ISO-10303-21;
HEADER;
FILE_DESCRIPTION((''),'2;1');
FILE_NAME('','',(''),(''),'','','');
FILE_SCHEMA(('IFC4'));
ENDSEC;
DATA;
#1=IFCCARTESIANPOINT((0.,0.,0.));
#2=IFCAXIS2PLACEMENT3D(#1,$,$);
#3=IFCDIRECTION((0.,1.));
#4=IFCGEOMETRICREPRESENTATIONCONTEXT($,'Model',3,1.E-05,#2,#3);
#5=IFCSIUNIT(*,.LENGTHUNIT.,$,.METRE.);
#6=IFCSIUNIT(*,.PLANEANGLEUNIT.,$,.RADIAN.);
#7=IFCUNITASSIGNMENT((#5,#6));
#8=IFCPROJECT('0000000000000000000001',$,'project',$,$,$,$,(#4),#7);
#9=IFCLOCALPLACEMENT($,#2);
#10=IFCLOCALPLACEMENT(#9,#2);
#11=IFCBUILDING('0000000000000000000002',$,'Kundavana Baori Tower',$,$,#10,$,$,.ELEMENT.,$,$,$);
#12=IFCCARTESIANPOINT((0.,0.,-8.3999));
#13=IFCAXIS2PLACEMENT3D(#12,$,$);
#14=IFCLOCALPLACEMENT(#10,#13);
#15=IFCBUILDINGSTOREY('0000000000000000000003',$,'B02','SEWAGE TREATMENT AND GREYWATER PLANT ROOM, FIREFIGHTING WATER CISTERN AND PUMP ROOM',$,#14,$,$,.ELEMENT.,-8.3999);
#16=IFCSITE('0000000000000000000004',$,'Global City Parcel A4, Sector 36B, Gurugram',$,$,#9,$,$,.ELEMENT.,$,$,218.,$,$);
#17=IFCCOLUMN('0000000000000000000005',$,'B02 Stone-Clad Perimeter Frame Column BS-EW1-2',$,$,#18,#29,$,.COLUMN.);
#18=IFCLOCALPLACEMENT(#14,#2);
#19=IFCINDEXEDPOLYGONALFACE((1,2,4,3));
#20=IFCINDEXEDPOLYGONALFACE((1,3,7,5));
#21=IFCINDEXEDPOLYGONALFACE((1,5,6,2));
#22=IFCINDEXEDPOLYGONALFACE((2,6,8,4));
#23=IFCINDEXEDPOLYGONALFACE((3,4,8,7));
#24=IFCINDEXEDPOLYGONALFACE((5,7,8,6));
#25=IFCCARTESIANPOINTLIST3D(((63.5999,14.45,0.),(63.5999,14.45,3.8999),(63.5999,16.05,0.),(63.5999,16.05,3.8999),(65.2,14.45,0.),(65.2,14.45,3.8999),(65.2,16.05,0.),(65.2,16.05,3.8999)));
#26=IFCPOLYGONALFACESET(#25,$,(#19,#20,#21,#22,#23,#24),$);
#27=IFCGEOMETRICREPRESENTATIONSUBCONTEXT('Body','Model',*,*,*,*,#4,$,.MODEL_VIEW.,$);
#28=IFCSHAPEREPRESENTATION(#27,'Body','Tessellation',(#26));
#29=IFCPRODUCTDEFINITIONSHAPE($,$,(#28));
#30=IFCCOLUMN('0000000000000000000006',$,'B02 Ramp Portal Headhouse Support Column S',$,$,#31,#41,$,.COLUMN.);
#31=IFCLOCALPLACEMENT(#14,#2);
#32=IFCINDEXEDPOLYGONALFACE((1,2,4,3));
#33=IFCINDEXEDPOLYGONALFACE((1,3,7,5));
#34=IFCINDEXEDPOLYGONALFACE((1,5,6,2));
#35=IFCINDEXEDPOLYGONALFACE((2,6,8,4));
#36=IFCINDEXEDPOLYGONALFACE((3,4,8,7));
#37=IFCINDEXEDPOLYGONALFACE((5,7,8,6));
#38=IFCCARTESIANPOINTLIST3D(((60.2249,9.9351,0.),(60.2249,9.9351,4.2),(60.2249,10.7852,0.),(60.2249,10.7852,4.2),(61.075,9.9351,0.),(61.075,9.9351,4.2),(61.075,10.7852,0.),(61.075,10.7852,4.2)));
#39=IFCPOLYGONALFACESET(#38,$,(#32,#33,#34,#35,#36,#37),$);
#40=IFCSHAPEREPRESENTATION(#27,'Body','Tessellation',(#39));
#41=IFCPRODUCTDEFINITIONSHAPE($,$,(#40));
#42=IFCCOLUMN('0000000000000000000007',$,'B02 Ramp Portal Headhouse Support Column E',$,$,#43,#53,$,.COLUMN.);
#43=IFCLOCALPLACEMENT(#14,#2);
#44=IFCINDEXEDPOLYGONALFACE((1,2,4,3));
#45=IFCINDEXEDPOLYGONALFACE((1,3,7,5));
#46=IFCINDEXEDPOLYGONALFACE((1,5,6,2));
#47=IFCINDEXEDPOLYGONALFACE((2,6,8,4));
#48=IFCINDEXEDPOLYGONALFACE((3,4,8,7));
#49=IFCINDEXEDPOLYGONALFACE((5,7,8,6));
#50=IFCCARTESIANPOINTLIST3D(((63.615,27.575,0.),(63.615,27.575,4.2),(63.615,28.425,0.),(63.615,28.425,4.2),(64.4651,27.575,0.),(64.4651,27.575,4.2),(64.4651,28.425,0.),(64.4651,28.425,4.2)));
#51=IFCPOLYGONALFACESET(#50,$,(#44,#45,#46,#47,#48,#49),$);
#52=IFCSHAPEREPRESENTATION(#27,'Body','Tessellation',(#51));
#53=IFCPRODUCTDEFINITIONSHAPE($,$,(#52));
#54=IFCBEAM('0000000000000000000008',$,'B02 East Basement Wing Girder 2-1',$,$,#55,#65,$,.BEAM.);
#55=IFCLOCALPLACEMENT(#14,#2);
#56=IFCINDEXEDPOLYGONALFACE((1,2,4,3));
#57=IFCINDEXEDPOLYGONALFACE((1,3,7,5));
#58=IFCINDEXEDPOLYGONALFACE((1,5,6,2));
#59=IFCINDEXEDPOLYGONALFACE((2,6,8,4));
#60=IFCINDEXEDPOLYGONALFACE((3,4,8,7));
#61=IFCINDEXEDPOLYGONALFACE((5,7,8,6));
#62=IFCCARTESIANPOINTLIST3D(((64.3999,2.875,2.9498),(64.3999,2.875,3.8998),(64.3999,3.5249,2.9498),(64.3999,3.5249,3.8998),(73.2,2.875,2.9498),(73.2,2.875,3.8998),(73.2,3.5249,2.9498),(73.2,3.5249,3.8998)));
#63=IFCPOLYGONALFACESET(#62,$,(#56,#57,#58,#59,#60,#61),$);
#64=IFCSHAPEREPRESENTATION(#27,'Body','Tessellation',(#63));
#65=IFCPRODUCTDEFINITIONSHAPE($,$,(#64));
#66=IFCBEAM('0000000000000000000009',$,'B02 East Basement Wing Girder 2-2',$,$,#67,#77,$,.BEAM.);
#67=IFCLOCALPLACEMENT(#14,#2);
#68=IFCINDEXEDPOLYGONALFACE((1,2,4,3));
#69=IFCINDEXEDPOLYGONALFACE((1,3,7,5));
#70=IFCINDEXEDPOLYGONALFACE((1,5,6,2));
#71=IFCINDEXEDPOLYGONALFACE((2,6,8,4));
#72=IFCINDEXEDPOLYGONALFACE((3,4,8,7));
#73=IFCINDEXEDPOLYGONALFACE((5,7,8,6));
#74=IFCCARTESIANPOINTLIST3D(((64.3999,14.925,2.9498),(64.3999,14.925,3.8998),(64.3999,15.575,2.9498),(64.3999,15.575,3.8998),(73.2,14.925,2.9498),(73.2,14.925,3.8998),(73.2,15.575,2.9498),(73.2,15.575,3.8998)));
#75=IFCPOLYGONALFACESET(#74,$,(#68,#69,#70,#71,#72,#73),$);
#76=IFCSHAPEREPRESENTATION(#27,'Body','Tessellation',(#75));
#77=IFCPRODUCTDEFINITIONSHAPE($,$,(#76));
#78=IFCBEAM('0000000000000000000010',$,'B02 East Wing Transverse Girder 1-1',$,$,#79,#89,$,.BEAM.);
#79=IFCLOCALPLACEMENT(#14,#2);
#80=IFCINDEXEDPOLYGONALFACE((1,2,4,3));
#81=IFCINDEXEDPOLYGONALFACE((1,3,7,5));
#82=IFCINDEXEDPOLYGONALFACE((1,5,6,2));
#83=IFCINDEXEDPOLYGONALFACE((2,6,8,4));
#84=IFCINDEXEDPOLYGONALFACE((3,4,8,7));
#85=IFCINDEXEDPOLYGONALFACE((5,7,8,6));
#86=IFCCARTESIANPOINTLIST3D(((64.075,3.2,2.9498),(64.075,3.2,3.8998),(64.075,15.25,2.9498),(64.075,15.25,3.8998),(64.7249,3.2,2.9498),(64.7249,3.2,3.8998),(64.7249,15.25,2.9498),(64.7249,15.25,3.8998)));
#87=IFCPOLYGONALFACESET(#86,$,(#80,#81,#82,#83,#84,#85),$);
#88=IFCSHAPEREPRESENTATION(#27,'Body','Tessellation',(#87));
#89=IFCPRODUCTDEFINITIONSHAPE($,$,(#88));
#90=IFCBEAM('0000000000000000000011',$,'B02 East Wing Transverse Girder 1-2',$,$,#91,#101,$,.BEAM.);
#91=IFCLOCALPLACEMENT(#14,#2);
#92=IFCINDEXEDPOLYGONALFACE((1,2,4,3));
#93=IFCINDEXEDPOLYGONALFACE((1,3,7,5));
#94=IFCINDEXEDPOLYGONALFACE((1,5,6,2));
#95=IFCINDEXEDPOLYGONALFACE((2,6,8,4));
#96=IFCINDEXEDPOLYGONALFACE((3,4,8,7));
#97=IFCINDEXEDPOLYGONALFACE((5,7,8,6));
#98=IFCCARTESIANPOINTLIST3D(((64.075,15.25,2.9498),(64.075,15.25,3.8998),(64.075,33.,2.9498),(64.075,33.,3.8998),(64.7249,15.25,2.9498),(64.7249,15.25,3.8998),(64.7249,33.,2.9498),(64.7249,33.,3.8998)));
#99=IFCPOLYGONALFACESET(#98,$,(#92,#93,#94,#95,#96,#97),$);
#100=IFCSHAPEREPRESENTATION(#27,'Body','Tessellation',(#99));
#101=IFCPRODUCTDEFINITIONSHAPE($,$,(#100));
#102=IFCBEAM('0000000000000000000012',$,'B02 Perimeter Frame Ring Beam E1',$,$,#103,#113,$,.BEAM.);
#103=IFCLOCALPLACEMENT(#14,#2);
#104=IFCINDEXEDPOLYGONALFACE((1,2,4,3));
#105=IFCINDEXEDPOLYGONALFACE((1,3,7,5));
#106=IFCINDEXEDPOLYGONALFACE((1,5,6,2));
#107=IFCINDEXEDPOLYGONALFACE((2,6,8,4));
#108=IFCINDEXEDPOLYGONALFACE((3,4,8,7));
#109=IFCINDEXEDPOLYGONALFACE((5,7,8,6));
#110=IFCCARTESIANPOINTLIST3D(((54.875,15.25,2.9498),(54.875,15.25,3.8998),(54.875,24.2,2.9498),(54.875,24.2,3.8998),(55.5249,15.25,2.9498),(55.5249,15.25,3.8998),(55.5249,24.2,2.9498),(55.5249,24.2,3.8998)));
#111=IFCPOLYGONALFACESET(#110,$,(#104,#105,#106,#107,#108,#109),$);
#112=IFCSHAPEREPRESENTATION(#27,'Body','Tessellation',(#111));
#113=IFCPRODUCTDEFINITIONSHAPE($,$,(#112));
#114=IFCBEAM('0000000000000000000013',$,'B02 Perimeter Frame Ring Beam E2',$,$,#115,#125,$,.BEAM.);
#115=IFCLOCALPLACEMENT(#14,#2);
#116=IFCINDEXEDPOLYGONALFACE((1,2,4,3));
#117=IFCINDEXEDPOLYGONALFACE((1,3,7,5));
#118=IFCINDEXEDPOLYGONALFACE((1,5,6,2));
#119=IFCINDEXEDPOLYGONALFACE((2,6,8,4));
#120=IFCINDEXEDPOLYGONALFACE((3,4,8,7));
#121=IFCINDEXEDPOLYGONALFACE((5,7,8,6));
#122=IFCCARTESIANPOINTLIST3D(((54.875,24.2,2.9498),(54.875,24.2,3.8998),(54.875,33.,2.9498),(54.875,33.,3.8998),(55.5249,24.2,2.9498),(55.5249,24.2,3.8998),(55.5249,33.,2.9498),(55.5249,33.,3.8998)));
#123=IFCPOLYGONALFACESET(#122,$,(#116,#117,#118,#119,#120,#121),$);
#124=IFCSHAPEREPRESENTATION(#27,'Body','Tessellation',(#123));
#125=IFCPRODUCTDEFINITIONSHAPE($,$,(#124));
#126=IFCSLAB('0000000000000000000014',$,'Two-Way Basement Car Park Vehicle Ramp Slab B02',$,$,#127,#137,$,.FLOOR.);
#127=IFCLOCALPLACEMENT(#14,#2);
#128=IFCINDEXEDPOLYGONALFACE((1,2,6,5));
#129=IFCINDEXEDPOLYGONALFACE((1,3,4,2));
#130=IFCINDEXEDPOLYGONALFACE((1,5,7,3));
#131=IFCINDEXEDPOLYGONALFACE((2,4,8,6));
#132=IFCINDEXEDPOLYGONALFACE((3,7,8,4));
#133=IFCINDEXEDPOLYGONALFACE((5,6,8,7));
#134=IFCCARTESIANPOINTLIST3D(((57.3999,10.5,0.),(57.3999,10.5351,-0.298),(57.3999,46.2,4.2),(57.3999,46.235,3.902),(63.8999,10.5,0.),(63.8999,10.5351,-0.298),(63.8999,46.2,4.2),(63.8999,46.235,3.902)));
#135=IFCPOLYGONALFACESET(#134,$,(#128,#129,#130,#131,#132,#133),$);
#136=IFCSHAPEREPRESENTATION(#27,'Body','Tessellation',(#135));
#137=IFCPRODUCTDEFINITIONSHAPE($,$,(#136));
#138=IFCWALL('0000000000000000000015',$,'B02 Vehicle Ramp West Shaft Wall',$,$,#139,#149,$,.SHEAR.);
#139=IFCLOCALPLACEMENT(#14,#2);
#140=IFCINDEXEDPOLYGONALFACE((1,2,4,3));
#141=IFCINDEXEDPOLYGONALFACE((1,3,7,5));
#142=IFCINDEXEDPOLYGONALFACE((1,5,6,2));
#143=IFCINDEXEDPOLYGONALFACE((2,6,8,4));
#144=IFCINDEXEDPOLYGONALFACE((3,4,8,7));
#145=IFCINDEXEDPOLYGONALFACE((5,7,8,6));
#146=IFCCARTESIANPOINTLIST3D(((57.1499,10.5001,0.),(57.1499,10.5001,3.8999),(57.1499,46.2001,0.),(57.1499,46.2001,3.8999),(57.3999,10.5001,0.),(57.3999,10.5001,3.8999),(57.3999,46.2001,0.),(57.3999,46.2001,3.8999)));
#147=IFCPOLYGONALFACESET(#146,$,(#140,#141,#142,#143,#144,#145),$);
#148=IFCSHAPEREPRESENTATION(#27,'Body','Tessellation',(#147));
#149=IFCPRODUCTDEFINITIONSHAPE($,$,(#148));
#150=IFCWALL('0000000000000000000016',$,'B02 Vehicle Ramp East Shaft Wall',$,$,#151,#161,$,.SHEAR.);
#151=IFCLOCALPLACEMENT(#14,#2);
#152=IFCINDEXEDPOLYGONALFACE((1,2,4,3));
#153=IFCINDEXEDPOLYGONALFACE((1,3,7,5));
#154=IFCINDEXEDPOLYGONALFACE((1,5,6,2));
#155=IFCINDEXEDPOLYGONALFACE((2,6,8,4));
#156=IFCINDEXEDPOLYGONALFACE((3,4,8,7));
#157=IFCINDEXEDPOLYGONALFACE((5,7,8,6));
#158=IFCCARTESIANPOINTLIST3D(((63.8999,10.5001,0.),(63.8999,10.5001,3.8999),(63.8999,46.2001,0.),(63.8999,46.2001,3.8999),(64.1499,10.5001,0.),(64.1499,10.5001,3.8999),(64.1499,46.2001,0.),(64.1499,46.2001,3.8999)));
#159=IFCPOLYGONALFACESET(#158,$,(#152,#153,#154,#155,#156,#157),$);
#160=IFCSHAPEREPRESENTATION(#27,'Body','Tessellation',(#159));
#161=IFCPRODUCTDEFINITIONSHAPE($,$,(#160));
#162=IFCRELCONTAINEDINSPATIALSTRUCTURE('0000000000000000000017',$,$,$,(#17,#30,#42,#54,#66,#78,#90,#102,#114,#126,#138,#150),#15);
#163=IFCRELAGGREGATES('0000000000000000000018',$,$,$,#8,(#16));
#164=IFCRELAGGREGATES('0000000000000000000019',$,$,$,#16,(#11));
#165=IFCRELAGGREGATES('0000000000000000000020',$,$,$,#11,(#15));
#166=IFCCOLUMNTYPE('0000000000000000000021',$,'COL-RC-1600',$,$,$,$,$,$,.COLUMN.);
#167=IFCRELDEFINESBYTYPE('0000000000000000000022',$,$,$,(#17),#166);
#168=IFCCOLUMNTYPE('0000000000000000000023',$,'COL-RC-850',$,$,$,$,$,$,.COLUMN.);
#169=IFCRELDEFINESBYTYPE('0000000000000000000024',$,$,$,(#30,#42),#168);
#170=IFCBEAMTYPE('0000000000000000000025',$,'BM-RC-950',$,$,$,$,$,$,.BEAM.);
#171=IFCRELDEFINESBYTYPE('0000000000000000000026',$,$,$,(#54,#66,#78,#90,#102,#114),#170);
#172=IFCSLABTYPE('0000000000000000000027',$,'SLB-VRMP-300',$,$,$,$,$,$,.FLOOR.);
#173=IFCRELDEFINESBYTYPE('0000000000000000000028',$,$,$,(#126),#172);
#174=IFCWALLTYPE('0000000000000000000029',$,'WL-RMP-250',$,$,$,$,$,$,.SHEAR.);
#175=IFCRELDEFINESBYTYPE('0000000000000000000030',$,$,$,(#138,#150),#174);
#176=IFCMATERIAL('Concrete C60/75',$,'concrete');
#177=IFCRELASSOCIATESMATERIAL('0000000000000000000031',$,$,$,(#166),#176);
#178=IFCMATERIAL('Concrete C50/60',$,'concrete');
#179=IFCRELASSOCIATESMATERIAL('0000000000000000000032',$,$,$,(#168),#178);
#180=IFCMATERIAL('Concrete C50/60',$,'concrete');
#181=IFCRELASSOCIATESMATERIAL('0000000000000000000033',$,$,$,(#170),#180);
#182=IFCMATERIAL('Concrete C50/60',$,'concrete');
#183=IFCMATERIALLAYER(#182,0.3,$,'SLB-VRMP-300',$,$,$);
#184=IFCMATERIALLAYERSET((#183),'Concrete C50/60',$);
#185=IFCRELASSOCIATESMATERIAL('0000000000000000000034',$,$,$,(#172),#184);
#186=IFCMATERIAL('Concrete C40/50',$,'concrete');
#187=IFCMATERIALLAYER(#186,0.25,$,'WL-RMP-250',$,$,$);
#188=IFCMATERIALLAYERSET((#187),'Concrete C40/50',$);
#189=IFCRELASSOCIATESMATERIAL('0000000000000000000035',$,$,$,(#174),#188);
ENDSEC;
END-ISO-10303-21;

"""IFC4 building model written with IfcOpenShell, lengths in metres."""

from ifc_helpers import new_model, si_unit, direction, frame, frame_2d, origin, origin_2d, place, context, subcontext, project, spatial, polyline, rectangle, outline, extrude, material, layer, layer_set, material_profile, profile_set, type_object, element, save


model = new_model("IFC4")

# Units and contexts
model_context = context("Model", 3, precision=1e-05, world=origin(), true_north=direction((0.0, 1.0)))
body_context = subcontext(model_context, "Body", "Model", "MODEL_VIEW")
ifc_project = project(units=[si_unit("LENGTHUNIT", "METRE"), si_unit("PLANEANGLEUNIT", "RADIAN")], contexts=[model_context])

# Site, building, storey
site_placement = place(None, origin())
site = spatial("IfcSite", under=ifc_project, at=site_placement, Name="Global City Parcel A4, Sector 36B, Gurugram", CompositionType="ELEMENT", RefElevation=218.0)
building_placement = place(site_placement, origin())
building = spatial("IfcBuilding", under=site, at=building_placement, Name="Kundavana Baori Tower", CompositionType="ELEMENT")
storey_placement = place(building_placement, frame((0.0, 0.0, -8.3999)))
storey = spatial("IfcBuildingStorey", under=building, at=storey_placement, Name="B02", Description="SEWAGE TREATMENT AND GREYWATER PLANT ROOM, FIREFIGHTING WATER CISTERN AND PUMP ROOM", CompositionType="ELEMENT", Elevation=-8.3999)

# Columns
ifc_material_1 = material(Name="Concrete C60/75", Category="concrete")
ifc_material_profile_1 = material_profile(ifc_material_1, rectangle(XDim=1.6001, YDim=1.6001, at=origin_2d()), Name="RC 1600x1600")
ifc_profile_set_1 = profile_set([ifc_material_profile_1], Name="Concrete C60/75")
column_type_1 = type_object("IfcColumnType", Name="COL-RC-1600", PredefinedType="COLUMN", material=ifc_profile_set_1)
for number, where, z_axis, x_axis, name in (
    (1, (64.3999, 15.25, 0.0), (0.0, 0.0, 1.0), (1.0, 0.0, 0.0), "B02 Stone-Clad Perimeter Frame Column BS-EW1-2"),
):
    element("IfcColumn", number, at=place(storey_placement, frame(where, z_axis=z_axis, x_axis=x_axis)), inside=storey, type_object=column_type_1, Name=name, PredefinedType="COLUMN", context=body_context, shape_type="SweptSolid", body=[
        extrude(rectangle(XDim=1.6001, YDim=1.6001, at=origin_2d()), origin(), (0.0, 0.0, 1.0), 3.8999),
    ])
ifc_material_2 = material(Name="Concrete C50/60", Category="concrete")
ifc_material_profile_2 = material_profile(ifc_material_2, rectangle(XDim=0.8501, YDim=0.8501, at=origin_2d()), Name="RC 850x850")
ifc_profile_set_2 = profile_set([ifc_material_profile_2], Name="Concrete C50/60")
column_type_2 = type_object("IfcColumnType", Name="COL-RC-850", PredefinedType="COLUMN", material=ifc_profile_set_2)
for number, where, z_axis, x_axis, name in (
    (2, (60.6499, 10.3601, 0.0), (0.0, 0.0, 1.0), (1.0, 0.0, 0.0), "B02 Ramp Portal Headhouse Support Column S"),
    (3, (64.04, 28.0, 0.0), (0.0, 0.0, 1.0), (1.0, 0.0, 0.0), "B02 Ramp Portal Headhouse Support Column E"),
):
    element("IfcColumn", number, at=place(storey_placement, frame(where, z_axis=z_axis, x_axis=x_axis)), inside=storey, type_object=column_type_2, Name=name, PredefinedType="COLUMN", context=body_context, shape_type="SweptSolid", body=[
        extrude(rectangle(XDim=0.8501, YDim=0.8501, at=origin_2d()), origin(), (0.0, 0.0, 1.0), 4.2),
    ])

# Beams
ifc_material_3 = material(Name="Concrete C50/60", Category="concrete")
ifc_material_profile_3 = material_profile(ifc_material_3, rectangle(XDim=0.6499, YDim=0.95, at=origin_2d()), Name="RC BM 650x950")
ifc_profile_set_3 = profile_set([ifc_material_profile_3], Name="Concrete C50/60")
beam_type = type_object("IfcBeamType", Name="BM-RC-950", PredefinedType="BEAM", material=ifc_profile_set_3)
for number, where, z_axis, x_axis, name in (
    (4, (64.3999, 3.2, 3.4248), (1.0, 0.0, 0.0), (0.0, 1.0, 0.0), "B02 East Basement Wing Girder 2-1"),
    (5, (64.3999, 15.25, 3.4248), (1.0, 0.0, 0.0), (0.0, 1.0, 0.0), "B02 East Basement Wing Girder 2-2"),
):
    element("IfcBeam", number, at=place(storey_placement, frame(where, z_axis=z_axis, x_axis=x_axis)), inside=storey, type_object=beam_type, Name=name, PredefinedType="BEAM", context=body_context, shape_type="SweptSolid", body=[
        extrude(rectangle(XDim=0.6499, YDim=0.95, at=origin_2d()), origin(), (0.0, 0.0, 1.0), 8.8),
    ])
beam_1_placement = place(storey_placement, frame((64.3999, 3.2, 3.4248), z_axis=(0.0, 1.0, 0.0), x_axis=(-1.0, 0.0, 0.0)))
element("IfcBeam", 6, at=beam_1_placement, inside=storey, type_object=beam_type, Name="B02 East Wing Transverse Girder 1-1", PredefinedType="BEAM", context=body_context, shape_type="SweptSolid", body=[
    extrude(rectangle(XDim=0.6499, YDim=0.95, at=origin_2d()), origin(), (0.0, 0.0, 1.0), 12.05),
])
beam_2_placement = place(storey_placement, frame((64.3999, 15.25, 3.4248), z_axis=(0.0, 1.0, 0.0), x_axis=(-1.0, 0.0, 0.0)))
element("IfcBeam", 7, at=beam_2_placement, inside=storey, type_object=beam_type, Name="B02 East Wing Transverse Girder 1-2", PredefinedType="BEAM", context=body_context, shape_type="SweptSolid", body=[
    extrude(rectangle(XDim=0.6499, YDim=0.95, at=origin_2d()), origin(), (0.0, 0.0, 1.0), 17.75),
])
beam_3_placement = place(storey_placement, frame((55.2, 15.25, 3.4248), z_axis=(0.0, 1.0, 0.0), x_axis=(-1.0, 0.0, 0.0)))
element("IfcBeam", 8, at=beam_3_placement, inside=storey, type_object=beam_type, Name="B02 Perimeter Frame Ring Beam E1", PredefinedType="BEAM", context=body_context, shape_type="SweptSolid", body=[
    extrude(rectangle(XDim=0.6499, YDim=0.95, at=origin_2d()), origin(), (0.0, 0.0, 1.0), 8.95),
])
beam_4_placement = place(storey_placement, frame((55.2, 24.2, 3.4248), z_axis=(0.0, 1.0, 0.0), x_axis=(-1.0, 0.0, 0.0)))
element("IfcBeam", 9, at=beam_4_placement, inside=storey, type_object=beam_type, Name="B02 Perimeter Frame Ring Beam E2", PredefinedType="BEAM", context=body_context, shape_type="SweptSolid", body=[
    extrude(rectangle(XDim=0.6499, YDim=0.95, at=origin_2d()), origin(), (0.0, 0.0, 1.0), 8.8),
])

# Slab
ifc_material_4 = material(Name="Concrete C50/60", Category="concrete")
ifc_layer_1 = layer(ifc_material_4, 0.3, Name="SLB-VRMP-300")
ifc_layer_set_1 = layer_set([ifc_layer_1], Name="Concrete C50/60")
slab_type = type_object("IfcSlabType", Name="SLB-VRMP-300", PredefinedType="FLOOR", material=ifc_layer_set_1)
slab_placement = place(storey_placement, frame((57.3999, 10.5, 0.0), z_axis=(0.0, -0.11684, 0.993151), x_axis=(1.0, 0.0, 0.0)))
element("IfcSlab", 10, at=slab_placement, inside=storey, type_object=slab_type, Name="Two-Way Basement Car Park Vehicle Ramp Slab B02", PredefinedType="FLOOR", context=body_context, shape_type="SweptSolid", body=[
    extrude(outline(polyline([(0.0, 0.0), (6.5, 0.0), (6.5, 35.9462), (0.0, 35.9462), (0.0, 0.0)])), origin(), (0.0, 0.0, -1.0), 0.3),
])

# Walls
ifc_material_5 = material(Name="Concrete C40/50", Category="concrete")
ifc_layer_2 = layer(ifc_material_5, 0.25, Name="WL-RMP-250")
ifc_layer_set_2 = layer_set([ifc_layer_2], Name="Concrete C40/50")
wall_type = type_object("IfcWallType", Name="WL-RMP-250", PredefinedType="SHEAR", material=ifc_layer_set_2)
for number, where, z_axis, x_axis, name in (
    (11, (57.2749, 10.5, 0.0), (0.0, 0.0, 1.0), (0.0, 1.0, 0.0), "B02 Vehicle Ramp West Shaft Wall"),
    (12, (64.0249, 10.5, 0.0), (0.0, 0.0, 1.0), (0.0, 1.0, 0.0), "B02 Vehicle Ramp East Shaft Wall"),
):
    element("IfcWall", number, at=place(storey_placement, frame(where, z_axis=z_axis, x_axis=x_axis)), inside=storey, type_object=wall_type, Name=name, PredefinedType="SHEAR", context=body_context, shape_type="SweptSolid", body=[
        extrude(rectangle(XDim=35.7, YDim=0.25, at=frame_2d((17.8501, 0.0))), origin(), (0.0, 0.0, 1.0), 3.8999),
    ])

save(model, "model.ifc")
